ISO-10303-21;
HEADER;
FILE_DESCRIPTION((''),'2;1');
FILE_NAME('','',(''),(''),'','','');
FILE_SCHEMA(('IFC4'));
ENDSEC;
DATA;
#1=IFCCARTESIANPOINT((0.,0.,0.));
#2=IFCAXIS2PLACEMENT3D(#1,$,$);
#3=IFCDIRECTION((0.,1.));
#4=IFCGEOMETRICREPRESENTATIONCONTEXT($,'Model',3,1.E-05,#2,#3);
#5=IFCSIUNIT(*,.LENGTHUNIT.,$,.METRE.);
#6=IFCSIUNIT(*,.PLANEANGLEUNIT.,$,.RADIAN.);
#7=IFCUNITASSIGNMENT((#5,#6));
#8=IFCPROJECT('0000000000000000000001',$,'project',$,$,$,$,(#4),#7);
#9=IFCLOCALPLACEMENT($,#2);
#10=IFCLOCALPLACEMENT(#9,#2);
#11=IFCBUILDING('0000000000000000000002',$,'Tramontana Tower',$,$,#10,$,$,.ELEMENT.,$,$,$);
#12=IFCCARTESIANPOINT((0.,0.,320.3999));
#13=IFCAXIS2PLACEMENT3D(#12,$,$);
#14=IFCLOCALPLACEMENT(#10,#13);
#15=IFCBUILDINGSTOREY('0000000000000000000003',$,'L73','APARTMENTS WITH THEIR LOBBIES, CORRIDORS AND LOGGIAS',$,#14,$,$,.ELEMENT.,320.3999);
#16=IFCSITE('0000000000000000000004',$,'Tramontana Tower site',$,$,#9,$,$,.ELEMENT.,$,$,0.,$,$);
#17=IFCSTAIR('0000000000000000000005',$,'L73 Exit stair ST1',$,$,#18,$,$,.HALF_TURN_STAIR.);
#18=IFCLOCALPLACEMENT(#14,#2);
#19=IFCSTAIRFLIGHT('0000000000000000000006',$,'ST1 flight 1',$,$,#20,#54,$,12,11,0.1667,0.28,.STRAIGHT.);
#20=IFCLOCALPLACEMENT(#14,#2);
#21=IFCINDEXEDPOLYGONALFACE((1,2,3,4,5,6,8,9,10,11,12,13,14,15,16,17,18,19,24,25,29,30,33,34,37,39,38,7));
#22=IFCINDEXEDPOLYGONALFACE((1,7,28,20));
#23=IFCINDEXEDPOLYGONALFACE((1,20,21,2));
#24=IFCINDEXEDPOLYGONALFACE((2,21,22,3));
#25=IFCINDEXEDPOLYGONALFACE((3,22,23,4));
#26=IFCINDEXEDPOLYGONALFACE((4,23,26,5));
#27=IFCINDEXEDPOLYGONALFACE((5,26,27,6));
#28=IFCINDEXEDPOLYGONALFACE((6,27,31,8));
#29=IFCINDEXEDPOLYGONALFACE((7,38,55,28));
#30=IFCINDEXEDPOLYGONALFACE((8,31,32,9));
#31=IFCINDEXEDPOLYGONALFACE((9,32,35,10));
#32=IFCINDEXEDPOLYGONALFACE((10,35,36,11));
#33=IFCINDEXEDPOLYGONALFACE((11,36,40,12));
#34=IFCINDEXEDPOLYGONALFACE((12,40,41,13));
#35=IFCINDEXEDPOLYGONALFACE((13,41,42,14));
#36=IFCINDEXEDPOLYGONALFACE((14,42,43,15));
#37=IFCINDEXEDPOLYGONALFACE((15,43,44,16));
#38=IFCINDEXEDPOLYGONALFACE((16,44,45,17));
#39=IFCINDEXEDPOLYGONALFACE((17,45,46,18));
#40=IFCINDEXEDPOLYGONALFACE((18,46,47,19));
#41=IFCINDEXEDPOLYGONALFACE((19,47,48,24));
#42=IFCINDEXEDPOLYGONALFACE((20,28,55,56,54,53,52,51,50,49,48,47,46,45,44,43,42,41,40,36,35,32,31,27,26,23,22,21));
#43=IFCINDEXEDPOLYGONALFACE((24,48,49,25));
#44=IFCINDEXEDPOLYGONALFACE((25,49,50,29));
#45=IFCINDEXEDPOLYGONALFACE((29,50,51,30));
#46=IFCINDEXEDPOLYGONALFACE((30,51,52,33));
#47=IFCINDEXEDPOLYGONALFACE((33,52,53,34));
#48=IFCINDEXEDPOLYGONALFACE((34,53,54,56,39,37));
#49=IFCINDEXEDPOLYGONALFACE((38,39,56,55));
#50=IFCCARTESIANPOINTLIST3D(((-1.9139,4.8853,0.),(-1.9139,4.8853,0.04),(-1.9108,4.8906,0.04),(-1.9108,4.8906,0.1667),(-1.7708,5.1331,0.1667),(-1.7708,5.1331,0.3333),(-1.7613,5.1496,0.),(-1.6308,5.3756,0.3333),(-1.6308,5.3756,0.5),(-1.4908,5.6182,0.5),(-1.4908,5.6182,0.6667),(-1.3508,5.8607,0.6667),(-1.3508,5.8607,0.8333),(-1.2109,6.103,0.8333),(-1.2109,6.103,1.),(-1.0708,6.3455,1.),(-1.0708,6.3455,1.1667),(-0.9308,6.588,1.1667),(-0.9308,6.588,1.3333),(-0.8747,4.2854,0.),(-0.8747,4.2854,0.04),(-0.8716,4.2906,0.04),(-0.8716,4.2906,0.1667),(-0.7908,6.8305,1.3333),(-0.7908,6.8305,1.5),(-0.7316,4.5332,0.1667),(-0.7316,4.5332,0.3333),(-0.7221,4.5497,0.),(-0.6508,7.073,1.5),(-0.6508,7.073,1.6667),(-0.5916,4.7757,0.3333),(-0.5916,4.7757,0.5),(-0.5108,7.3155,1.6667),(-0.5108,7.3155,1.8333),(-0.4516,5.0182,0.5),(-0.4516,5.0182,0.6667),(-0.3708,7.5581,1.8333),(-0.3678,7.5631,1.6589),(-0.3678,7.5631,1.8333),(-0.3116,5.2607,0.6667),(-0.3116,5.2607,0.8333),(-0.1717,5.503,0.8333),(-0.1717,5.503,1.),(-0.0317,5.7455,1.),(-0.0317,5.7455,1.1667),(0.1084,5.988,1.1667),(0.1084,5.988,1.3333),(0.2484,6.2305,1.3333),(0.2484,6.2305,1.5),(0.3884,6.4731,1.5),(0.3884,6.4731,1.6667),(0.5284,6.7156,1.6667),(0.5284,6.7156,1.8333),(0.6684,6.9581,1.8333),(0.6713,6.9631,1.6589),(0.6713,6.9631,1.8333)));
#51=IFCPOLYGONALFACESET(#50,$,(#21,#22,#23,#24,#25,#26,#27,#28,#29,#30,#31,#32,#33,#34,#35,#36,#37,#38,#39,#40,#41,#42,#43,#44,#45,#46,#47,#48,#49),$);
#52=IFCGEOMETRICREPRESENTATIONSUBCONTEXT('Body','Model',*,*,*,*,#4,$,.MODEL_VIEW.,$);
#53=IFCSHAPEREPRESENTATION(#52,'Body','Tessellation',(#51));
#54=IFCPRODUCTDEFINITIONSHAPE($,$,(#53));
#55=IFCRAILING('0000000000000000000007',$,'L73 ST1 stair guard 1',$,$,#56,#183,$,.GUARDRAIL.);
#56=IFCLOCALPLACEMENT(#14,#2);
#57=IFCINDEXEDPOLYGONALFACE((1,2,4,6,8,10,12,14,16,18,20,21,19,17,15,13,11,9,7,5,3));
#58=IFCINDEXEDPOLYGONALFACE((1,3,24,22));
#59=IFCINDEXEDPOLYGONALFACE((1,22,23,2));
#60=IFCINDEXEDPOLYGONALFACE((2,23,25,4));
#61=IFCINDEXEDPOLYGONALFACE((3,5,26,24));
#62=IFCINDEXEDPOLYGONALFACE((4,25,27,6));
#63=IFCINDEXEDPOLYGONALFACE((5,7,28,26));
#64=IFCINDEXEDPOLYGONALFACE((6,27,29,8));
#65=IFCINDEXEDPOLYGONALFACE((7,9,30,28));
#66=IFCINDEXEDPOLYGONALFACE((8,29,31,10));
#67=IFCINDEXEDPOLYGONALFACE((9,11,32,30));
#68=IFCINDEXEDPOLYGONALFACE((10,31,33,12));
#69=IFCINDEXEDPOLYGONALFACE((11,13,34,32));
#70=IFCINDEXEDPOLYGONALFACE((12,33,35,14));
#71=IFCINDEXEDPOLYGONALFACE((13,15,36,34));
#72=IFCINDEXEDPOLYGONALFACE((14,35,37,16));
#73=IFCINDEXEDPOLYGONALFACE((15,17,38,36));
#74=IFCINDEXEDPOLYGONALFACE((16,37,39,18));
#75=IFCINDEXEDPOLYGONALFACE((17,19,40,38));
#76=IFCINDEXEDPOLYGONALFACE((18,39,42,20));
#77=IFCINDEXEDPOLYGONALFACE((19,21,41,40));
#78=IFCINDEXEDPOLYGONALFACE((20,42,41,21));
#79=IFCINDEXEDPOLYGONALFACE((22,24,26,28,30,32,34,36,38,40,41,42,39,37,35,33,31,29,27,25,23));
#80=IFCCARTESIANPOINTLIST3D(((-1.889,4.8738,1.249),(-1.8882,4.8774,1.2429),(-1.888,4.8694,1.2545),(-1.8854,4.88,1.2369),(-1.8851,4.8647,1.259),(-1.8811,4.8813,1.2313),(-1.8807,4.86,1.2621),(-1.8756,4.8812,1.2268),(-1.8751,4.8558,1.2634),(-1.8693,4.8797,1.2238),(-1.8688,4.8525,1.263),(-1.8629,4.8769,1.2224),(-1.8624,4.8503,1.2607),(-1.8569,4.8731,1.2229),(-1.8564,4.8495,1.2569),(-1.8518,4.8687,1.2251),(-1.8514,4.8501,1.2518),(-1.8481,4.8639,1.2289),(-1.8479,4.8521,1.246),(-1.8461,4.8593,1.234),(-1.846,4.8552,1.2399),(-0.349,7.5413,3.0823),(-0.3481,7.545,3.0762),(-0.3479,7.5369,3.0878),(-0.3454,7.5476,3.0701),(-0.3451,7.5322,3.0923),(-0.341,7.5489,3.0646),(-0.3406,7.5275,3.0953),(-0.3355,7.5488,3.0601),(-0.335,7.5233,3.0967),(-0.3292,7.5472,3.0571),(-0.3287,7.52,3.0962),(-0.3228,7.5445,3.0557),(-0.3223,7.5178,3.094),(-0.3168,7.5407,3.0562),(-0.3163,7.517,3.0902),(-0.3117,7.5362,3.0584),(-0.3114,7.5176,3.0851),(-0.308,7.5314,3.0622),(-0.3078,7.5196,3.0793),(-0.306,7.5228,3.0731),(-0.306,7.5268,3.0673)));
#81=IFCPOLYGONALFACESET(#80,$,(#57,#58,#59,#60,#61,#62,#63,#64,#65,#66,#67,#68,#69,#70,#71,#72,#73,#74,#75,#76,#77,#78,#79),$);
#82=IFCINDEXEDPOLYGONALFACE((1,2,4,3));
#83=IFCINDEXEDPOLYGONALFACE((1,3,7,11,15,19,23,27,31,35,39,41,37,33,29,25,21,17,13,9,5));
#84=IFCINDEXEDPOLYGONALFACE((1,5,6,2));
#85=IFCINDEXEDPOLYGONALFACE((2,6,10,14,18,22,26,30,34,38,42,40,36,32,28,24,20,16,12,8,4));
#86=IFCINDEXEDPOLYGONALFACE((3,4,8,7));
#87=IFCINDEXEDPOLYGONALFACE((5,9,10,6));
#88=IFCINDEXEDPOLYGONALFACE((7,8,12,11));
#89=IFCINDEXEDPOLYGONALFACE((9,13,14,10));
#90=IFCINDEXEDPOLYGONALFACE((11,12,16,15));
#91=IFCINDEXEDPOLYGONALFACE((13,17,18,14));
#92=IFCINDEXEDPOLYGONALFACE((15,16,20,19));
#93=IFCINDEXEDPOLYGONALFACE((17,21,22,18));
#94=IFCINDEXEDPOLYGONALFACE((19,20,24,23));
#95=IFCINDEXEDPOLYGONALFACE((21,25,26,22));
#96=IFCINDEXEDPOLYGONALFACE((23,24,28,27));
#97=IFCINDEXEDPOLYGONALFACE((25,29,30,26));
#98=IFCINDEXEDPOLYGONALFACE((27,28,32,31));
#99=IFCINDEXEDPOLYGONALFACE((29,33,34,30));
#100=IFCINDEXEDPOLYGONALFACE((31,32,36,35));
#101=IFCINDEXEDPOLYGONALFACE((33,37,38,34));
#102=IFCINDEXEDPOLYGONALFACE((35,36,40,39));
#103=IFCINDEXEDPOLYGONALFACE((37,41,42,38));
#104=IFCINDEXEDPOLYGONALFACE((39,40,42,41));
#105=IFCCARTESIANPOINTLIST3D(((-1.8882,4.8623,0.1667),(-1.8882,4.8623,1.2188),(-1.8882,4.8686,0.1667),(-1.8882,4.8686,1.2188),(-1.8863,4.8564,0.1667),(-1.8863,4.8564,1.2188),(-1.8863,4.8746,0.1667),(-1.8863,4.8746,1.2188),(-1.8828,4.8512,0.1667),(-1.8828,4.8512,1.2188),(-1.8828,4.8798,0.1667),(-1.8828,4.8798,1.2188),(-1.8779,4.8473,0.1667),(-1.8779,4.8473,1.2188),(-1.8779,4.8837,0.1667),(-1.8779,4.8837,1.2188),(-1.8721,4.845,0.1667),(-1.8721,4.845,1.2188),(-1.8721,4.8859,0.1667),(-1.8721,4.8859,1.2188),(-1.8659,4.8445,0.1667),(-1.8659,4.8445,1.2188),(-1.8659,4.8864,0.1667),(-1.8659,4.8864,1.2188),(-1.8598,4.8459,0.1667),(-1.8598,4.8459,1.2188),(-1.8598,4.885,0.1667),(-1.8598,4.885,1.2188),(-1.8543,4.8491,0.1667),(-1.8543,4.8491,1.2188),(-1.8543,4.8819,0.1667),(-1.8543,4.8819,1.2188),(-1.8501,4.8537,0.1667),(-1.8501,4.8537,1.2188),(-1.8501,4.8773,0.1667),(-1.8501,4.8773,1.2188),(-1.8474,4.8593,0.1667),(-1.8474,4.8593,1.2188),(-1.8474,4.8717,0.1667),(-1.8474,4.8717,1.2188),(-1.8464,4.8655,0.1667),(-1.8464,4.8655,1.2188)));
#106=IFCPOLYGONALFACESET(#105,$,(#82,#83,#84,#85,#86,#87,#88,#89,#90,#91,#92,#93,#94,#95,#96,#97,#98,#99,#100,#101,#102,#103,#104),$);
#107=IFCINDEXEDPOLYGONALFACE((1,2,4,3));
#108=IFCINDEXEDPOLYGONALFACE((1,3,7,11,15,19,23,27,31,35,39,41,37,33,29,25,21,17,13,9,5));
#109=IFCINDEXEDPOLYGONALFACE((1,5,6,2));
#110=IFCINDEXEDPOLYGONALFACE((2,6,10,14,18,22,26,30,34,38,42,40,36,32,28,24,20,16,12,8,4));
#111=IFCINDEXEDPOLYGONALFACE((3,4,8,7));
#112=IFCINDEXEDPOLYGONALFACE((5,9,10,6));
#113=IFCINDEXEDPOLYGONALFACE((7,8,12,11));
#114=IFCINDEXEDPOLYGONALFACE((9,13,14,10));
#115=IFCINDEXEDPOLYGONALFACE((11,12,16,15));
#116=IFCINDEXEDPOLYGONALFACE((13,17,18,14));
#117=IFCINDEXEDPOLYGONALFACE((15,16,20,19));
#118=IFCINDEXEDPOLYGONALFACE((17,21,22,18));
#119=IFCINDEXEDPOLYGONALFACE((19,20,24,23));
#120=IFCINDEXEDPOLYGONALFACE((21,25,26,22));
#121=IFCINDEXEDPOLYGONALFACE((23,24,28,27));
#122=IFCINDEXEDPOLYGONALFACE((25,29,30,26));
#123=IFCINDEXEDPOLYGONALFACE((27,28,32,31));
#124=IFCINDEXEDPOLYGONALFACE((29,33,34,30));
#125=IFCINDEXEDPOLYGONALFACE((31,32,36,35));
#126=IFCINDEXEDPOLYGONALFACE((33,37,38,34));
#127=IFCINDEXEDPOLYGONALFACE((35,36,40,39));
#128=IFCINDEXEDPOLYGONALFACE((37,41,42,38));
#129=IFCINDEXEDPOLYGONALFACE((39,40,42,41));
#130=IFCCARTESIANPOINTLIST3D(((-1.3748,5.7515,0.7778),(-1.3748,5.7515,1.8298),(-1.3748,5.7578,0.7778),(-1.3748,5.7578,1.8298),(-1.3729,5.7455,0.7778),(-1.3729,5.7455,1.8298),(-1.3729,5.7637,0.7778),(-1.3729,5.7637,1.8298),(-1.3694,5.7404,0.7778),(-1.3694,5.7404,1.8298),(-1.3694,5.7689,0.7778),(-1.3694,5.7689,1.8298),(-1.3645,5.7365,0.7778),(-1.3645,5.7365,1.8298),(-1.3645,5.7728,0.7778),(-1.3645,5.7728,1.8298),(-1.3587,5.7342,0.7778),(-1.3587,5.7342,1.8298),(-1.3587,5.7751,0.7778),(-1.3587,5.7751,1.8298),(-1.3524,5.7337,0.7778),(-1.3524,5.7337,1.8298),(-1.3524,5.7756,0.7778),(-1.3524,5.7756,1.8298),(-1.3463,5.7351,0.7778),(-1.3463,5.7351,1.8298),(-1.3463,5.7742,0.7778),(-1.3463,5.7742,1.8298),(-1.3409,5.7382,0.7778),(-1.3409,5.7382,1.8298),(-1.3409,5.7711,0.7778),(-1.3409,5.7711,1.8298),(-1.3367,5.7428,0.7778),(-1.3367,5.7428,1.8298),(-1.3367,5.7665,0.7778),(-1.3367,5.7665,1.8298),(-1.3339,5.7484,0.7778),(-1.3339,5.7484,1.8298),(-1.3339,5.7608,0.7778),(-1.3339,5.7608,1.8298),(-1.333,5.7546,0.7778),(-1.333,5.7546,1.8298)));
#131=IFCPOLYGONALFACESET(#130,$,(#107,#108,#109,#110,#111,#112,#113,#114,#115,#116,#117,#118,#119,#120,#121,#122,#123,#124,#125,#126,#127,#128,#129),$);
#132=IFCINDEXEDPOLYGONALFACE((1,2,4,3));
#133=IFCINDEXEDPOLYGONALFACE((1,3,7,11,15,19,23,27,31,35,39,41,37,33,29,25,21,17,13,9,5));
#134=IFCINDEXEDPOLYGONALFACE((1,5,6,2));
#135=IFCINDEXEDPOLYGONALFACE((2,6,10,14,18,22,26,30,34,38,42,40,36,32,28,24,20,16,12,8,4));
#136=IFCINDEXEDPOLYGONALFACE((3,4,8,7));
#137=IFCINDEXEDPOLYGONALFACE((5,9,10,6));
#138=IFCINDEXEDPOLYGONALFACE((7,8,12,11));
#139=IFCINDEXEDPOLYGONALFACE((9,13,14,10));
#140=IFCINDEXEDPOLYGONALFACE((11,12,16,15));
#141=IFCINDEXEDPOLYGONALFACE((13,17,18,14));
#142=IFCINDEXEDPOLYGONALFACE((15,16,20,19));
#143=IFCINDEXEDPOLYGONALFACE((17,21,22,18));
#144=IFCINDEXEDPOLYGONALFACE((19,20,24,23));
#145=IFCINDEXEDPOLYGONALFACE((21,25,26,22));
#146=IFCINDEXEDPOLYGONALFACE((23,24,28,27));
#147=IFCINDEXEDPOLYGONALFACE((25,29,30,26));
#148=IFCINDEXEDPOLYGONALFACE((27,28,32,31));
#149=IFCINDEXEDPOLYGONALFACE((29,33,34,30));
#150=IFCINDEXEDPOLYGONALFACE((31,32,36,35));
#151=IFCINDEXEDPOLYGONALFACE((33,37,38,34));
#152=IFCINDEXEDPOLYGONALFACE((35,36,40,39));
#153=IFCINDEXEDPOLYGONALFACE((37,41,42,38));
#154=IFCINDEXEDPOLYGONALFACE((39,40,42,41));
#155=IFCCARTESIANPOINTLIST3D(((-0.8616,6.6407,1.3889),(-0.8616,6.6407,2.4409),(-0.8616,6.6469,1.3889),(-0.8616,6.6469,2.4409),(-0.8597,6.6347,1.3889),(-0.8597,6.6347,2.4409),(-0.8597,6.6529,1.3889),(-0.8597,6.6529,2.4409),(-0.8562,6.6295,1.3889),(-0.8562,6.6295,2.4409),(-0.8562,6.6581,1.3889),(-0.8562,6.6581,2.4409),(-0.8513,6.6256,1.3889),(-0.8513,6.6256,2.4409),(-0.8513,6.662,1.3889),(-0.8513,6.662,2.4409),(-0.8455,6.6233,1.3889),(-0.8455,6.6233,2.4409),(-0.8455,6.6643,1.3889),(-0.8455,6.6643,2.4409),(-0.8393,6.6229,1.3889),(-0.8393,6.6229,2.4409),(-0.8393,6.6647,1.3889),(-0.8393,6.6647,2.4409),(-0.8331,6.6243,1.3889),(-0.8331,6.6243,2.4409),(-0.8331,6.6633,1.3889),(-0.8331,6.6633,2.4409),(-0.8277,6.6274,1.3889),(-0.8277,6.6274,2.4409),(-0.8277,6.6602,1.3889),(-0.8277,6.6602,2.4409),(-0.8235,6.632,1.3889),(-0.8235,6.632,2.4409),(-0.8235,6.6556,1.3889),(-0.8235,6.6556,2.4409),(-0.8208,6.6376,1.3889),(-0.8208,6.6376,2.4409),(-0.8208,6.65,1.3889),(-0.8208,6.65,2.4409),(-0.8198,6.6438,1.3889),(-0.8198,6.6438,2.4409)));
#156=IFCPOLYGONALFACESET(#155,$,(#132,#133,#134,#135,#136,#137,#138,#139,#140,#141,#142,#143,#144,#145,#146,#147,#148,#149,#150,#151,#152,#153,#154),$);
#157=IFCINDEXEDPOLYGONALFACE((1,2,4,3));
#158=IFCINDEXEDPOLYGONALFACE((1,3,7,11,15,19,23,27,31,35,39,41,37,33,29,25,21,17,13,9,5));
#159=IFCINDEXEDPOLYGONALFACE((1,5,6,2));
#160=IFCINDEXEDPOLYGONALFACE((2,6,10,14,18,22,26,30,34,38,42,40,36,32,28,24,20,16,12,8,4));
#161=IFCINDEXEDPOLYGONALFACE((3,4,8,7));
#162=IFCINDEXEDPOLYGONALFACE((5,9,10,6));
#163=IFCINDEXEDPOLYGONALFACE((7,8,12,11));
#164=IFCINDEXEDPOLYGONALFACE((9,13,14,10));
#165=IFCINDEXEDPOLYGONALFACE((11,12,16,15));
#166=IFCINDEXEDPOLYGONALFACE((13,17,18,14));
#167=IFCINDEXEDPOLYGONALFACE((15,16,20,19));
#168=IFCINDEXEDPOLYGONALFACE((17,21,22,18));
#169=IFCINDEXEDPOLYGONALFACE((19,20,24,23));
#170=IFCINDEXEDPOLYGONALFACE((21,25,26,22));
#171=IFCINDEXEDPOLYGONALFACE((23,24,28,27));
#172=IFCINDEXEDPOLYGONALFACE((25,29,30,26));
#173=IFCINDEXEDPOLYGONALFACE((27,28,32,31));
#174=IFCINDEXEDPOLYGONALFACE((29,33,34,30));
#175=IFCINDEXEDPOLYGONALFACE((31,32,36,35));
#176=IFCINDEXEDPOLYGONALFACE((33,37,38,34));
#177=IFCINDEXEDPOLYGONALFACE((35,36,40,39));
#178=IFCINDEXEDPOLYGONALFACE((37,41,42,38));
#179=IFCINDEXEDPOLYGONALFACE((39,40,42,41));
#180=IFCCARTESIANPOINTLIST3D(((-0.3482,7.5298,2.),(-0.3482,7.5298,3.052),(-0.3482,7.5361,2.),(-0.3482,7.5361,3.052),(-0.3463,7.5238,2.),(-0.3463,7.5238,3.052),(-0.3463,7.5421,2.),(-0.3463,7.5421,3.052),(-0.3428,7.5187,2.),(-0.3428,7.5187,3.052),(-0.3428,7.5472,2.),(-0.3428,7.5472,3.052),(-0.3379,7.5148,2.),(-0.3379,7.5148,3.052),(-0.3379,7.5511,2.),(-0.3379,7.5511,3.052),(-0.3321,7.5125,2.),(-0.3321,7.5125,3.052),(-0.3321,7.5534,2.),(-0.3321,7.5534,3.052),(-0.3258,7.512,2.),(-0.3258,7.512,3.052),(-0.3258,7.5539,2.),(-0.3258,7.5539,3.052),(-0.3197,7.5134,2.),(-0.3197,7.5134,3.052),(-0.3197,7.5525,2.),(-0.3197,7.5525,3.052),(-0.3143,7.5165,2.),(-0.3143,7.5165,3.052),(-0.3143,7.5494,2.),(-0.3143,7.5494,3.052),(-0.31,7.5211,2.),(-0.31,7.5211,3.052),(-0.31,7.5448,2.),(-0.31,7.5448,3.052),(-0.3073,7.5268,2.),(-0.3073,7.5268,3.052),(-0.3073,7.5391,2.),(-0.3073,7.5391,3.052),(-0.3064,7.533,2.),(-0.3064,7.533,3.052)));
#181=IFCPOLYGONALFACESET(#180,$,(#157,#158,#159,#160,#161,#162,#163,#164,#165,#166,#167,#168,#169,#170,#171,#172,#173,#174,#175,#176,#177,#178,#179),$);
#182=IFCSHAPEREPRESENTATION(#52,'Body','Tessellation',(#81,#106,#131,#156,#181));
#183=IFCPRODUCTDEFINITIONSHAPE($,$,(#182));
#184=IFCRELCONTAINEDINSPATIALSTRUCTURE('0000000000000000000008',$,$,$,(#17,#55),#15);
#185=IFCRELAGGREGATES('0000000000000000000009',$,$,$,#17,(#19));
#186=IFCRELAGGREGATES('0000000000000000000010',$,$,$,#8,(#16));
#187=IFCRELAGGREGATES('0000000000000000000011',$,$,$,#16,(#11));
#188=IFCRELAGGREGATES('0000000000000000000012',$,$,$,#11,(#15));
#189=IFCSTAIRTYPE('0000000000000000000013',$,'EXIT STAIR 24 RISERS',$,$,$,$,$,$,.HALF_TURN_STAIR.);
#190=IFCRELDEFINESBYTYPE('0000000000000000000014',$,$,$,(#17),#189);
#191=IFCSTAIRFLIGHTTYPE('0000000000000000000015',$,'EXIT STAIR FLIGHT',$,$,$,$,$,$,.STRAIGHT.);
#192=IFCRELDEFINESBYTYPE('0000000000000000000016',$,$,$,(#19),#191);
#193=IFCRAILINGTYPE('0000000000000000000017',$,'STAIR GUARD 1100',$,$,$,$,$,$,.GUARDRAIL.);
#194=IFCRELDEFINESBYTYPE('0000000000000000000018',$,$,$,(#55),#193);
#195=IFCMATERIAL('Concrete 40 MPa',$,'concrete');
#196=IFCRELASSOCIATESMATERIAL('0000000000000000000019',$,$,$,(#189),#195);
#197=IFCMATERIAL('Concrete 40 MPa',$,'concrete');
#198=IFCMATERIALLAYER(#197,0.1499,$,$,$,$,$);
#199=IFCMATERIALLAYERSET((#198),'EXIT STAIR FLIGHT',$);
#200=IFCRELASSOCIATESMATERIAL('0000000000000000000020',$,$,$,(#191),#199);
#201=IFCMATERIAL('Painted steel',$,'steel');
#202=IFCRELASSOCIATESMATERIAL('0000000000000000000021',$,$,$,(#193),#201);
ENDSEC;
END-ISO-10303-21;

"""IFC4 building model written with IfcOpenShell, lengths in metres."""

from ifc_helpers import new_model, si_unit, direction, frame, origin, origin_2d, place, context, subcontext, project, spatial, polyline, circle, outline, extrude, material, layer, layer_set, type_object, element, aggregate, save


model = new_model("IFC4")

# Units and contexts
model_context = context("Model", 3, precision=1e-05, world=origin(), true_north=direction((0.0, 1.0)))
body_context = subcontext(model_context, "Body", "Model", "MODEL_VIEW")
ifc_project = project(units=[si_unit("LENGTHUNIT", "METRE"), si_unit("PLANEANGLEUNIT", "RADIAN")], contexts=[model_context])

# Site, building, storey
site_placement = place(None, origin())
site = spatial("IfcSite", under=ifc_project, at=site_placement, Name="Tramontana Tower site", CompositionType="ELEMENT", RefElevation=0.0)
building_placement = place(site_placement, origin())
building = spatial("IfcBuilding", under=site, at=building_placement, Name="Tramontana Tower", CompositionType="ELEMENT")
storey_placement = place(building_placement, frame((0.0, 0.0, 320.3999)))
storey = spatial("IfcBuildingStorey", under=building, at=storey_placement, Name="L73", Description="APARTMENTS WITH THEIR LOBBIES, CORRIDORS AND LOGGIAS", CompositionType="ELEMENT", Elevation=320.3999)

# Stair
ifc_material_1 = material(Name="Concrete 40 MPa", Category="concrete")
stair_type = type_object("IfcStairType", Name="EXIT STAIR 24 RISERS", PredefinedType="HALF_TURN_STAIR", material=ifc_material_1)
stair_1_placement = place(storey_placement, origin())
stair_1 = element("IfcStair", 1, at=stair_1_placement, inside=storey, type_object=stair_type, Name="L73 Exit stair ST1", PredefinedType="HALF_TURN_STAIR")

# Stair flight
ifc_material_2 = material(Name="Concrete 40 MPa", Category="concrete")
ifc_layer_1 = layer(ifc_material_2, 0.1499)
ifc_layer_set_1 = layer_set([ifc_layer_1], Name="EXIT STAIR FLIGHT")
stair_flight_type = type_object("IfcStairFlightType", Name="EXIT STAIR FLIGHT", PredefinedType="STRAIGHT", material=ifc_layer_set_1)
stair_flight_placement = place(storey_placement, frame((-1.3911, 4.5906, 0.0), z_axis=(0.0, 0.0, 1.0), x_axis=(0.5, 0.866025, 0.0)))
stair_flight = element("IfcStairFlight", 2, at=stair_flight_placement, type_object=stair_flight_type, Name="ST1 flight 1", NumberOfRisers=12, NumberOfTreads=11, PredefinedType="STRAIGHT", RiserHeight=0.1667, TreadLength=0.28, context=body_context, shape_type="SweptSolid", body=[
    extrude(outline(polyline([(-0.0061, 0.0), (-0.0061, 0.04), (0.0, 0.04), (0.0, 0.1667), (0.28, 0.1667), (0.28, 0.3333), (0.5601, 0.3333), (0.5601, 0.5), (0.8401, 0.5), (0.8401, 0.6667), (1.1201, 0.6667), (1.1201, 0.8333), (1.3999, 0.8333), (1.3999, 1.0), (1.6799, 1.0), (1.6799, 1.1667), (1.96, 1.1667), (1.96, 1.3333), (2.24, 1.3333), (2.24, 1.5), (2.52, 1.5), (2.52, 1.6667), (2.8, 1.6667), (2.8, 1.8333), (3.0801, 1.8333), (3.0859, 1.8333), (3.0859, 1.6589), (0.2991, 0.0), (-0.0061, 0.0)])), frame((0.0, 0.6001, 0.0), z_axis=(0.0, -1.0, 0.0), x_axis=(1.0, 0.0, 0.0)), (0.0, 0.0, 1.0), 1.2),
])
aggregate(stair_1, [stair_flight])

# Railing
ifc_material_3 = material(Name="Painted steel", Category="steel")
railing_type_1 = type_object("IfcRailingType", Name="STAIR GUARD 1100", PredefinedType="GUARDRAIL", material=ifc_material_3)
railing_1_placement = place(storey_placement, frame((-1.8674, 4.8655, 0.1667)))
element("IfcRailing", 3, at=railing_1_placement, inside=storey, type_object=railing_type_1, Name="L73 ST1 stair guard 1", PredefinedType="GUARDRAIL", context=body_context, shape_type="SweptSolid", body=[
    extrude(circle(Radius=0.0239, at=origin_2d()), frame((0.0, 0.0, 1.0762), z_axis=(0.429649, 0.74419, 0.511452), x_axis=(-0.86603, 0.499992, 0.0)), (0.0, 0.0, 1.0), 3.5845),
    extrude(circle(Radius=0.021, at=origin_2d()), origin(), (0.0, 0.0, 1.0), 1.052),
    extrude(circle(Radius=0.021, at=origin_2d()), frame((0.5134, 0.8892, 0.6111)), (0.0, 0.0, 1.0), 1.052),
    extrude(circle(Radius=0.021, at=origin_2d()), frame((1.0266, 1.7783, 1.2222)), (0.0, 0.0, 1.0), 1.052),
    extrude(circle(Radius=0.021, at=origin_2d()), frame((1.54, 2.6675, 1.8333)), (0.0, 0.0, 1.0), 1.052),
])

save(model, "model.ifc")
